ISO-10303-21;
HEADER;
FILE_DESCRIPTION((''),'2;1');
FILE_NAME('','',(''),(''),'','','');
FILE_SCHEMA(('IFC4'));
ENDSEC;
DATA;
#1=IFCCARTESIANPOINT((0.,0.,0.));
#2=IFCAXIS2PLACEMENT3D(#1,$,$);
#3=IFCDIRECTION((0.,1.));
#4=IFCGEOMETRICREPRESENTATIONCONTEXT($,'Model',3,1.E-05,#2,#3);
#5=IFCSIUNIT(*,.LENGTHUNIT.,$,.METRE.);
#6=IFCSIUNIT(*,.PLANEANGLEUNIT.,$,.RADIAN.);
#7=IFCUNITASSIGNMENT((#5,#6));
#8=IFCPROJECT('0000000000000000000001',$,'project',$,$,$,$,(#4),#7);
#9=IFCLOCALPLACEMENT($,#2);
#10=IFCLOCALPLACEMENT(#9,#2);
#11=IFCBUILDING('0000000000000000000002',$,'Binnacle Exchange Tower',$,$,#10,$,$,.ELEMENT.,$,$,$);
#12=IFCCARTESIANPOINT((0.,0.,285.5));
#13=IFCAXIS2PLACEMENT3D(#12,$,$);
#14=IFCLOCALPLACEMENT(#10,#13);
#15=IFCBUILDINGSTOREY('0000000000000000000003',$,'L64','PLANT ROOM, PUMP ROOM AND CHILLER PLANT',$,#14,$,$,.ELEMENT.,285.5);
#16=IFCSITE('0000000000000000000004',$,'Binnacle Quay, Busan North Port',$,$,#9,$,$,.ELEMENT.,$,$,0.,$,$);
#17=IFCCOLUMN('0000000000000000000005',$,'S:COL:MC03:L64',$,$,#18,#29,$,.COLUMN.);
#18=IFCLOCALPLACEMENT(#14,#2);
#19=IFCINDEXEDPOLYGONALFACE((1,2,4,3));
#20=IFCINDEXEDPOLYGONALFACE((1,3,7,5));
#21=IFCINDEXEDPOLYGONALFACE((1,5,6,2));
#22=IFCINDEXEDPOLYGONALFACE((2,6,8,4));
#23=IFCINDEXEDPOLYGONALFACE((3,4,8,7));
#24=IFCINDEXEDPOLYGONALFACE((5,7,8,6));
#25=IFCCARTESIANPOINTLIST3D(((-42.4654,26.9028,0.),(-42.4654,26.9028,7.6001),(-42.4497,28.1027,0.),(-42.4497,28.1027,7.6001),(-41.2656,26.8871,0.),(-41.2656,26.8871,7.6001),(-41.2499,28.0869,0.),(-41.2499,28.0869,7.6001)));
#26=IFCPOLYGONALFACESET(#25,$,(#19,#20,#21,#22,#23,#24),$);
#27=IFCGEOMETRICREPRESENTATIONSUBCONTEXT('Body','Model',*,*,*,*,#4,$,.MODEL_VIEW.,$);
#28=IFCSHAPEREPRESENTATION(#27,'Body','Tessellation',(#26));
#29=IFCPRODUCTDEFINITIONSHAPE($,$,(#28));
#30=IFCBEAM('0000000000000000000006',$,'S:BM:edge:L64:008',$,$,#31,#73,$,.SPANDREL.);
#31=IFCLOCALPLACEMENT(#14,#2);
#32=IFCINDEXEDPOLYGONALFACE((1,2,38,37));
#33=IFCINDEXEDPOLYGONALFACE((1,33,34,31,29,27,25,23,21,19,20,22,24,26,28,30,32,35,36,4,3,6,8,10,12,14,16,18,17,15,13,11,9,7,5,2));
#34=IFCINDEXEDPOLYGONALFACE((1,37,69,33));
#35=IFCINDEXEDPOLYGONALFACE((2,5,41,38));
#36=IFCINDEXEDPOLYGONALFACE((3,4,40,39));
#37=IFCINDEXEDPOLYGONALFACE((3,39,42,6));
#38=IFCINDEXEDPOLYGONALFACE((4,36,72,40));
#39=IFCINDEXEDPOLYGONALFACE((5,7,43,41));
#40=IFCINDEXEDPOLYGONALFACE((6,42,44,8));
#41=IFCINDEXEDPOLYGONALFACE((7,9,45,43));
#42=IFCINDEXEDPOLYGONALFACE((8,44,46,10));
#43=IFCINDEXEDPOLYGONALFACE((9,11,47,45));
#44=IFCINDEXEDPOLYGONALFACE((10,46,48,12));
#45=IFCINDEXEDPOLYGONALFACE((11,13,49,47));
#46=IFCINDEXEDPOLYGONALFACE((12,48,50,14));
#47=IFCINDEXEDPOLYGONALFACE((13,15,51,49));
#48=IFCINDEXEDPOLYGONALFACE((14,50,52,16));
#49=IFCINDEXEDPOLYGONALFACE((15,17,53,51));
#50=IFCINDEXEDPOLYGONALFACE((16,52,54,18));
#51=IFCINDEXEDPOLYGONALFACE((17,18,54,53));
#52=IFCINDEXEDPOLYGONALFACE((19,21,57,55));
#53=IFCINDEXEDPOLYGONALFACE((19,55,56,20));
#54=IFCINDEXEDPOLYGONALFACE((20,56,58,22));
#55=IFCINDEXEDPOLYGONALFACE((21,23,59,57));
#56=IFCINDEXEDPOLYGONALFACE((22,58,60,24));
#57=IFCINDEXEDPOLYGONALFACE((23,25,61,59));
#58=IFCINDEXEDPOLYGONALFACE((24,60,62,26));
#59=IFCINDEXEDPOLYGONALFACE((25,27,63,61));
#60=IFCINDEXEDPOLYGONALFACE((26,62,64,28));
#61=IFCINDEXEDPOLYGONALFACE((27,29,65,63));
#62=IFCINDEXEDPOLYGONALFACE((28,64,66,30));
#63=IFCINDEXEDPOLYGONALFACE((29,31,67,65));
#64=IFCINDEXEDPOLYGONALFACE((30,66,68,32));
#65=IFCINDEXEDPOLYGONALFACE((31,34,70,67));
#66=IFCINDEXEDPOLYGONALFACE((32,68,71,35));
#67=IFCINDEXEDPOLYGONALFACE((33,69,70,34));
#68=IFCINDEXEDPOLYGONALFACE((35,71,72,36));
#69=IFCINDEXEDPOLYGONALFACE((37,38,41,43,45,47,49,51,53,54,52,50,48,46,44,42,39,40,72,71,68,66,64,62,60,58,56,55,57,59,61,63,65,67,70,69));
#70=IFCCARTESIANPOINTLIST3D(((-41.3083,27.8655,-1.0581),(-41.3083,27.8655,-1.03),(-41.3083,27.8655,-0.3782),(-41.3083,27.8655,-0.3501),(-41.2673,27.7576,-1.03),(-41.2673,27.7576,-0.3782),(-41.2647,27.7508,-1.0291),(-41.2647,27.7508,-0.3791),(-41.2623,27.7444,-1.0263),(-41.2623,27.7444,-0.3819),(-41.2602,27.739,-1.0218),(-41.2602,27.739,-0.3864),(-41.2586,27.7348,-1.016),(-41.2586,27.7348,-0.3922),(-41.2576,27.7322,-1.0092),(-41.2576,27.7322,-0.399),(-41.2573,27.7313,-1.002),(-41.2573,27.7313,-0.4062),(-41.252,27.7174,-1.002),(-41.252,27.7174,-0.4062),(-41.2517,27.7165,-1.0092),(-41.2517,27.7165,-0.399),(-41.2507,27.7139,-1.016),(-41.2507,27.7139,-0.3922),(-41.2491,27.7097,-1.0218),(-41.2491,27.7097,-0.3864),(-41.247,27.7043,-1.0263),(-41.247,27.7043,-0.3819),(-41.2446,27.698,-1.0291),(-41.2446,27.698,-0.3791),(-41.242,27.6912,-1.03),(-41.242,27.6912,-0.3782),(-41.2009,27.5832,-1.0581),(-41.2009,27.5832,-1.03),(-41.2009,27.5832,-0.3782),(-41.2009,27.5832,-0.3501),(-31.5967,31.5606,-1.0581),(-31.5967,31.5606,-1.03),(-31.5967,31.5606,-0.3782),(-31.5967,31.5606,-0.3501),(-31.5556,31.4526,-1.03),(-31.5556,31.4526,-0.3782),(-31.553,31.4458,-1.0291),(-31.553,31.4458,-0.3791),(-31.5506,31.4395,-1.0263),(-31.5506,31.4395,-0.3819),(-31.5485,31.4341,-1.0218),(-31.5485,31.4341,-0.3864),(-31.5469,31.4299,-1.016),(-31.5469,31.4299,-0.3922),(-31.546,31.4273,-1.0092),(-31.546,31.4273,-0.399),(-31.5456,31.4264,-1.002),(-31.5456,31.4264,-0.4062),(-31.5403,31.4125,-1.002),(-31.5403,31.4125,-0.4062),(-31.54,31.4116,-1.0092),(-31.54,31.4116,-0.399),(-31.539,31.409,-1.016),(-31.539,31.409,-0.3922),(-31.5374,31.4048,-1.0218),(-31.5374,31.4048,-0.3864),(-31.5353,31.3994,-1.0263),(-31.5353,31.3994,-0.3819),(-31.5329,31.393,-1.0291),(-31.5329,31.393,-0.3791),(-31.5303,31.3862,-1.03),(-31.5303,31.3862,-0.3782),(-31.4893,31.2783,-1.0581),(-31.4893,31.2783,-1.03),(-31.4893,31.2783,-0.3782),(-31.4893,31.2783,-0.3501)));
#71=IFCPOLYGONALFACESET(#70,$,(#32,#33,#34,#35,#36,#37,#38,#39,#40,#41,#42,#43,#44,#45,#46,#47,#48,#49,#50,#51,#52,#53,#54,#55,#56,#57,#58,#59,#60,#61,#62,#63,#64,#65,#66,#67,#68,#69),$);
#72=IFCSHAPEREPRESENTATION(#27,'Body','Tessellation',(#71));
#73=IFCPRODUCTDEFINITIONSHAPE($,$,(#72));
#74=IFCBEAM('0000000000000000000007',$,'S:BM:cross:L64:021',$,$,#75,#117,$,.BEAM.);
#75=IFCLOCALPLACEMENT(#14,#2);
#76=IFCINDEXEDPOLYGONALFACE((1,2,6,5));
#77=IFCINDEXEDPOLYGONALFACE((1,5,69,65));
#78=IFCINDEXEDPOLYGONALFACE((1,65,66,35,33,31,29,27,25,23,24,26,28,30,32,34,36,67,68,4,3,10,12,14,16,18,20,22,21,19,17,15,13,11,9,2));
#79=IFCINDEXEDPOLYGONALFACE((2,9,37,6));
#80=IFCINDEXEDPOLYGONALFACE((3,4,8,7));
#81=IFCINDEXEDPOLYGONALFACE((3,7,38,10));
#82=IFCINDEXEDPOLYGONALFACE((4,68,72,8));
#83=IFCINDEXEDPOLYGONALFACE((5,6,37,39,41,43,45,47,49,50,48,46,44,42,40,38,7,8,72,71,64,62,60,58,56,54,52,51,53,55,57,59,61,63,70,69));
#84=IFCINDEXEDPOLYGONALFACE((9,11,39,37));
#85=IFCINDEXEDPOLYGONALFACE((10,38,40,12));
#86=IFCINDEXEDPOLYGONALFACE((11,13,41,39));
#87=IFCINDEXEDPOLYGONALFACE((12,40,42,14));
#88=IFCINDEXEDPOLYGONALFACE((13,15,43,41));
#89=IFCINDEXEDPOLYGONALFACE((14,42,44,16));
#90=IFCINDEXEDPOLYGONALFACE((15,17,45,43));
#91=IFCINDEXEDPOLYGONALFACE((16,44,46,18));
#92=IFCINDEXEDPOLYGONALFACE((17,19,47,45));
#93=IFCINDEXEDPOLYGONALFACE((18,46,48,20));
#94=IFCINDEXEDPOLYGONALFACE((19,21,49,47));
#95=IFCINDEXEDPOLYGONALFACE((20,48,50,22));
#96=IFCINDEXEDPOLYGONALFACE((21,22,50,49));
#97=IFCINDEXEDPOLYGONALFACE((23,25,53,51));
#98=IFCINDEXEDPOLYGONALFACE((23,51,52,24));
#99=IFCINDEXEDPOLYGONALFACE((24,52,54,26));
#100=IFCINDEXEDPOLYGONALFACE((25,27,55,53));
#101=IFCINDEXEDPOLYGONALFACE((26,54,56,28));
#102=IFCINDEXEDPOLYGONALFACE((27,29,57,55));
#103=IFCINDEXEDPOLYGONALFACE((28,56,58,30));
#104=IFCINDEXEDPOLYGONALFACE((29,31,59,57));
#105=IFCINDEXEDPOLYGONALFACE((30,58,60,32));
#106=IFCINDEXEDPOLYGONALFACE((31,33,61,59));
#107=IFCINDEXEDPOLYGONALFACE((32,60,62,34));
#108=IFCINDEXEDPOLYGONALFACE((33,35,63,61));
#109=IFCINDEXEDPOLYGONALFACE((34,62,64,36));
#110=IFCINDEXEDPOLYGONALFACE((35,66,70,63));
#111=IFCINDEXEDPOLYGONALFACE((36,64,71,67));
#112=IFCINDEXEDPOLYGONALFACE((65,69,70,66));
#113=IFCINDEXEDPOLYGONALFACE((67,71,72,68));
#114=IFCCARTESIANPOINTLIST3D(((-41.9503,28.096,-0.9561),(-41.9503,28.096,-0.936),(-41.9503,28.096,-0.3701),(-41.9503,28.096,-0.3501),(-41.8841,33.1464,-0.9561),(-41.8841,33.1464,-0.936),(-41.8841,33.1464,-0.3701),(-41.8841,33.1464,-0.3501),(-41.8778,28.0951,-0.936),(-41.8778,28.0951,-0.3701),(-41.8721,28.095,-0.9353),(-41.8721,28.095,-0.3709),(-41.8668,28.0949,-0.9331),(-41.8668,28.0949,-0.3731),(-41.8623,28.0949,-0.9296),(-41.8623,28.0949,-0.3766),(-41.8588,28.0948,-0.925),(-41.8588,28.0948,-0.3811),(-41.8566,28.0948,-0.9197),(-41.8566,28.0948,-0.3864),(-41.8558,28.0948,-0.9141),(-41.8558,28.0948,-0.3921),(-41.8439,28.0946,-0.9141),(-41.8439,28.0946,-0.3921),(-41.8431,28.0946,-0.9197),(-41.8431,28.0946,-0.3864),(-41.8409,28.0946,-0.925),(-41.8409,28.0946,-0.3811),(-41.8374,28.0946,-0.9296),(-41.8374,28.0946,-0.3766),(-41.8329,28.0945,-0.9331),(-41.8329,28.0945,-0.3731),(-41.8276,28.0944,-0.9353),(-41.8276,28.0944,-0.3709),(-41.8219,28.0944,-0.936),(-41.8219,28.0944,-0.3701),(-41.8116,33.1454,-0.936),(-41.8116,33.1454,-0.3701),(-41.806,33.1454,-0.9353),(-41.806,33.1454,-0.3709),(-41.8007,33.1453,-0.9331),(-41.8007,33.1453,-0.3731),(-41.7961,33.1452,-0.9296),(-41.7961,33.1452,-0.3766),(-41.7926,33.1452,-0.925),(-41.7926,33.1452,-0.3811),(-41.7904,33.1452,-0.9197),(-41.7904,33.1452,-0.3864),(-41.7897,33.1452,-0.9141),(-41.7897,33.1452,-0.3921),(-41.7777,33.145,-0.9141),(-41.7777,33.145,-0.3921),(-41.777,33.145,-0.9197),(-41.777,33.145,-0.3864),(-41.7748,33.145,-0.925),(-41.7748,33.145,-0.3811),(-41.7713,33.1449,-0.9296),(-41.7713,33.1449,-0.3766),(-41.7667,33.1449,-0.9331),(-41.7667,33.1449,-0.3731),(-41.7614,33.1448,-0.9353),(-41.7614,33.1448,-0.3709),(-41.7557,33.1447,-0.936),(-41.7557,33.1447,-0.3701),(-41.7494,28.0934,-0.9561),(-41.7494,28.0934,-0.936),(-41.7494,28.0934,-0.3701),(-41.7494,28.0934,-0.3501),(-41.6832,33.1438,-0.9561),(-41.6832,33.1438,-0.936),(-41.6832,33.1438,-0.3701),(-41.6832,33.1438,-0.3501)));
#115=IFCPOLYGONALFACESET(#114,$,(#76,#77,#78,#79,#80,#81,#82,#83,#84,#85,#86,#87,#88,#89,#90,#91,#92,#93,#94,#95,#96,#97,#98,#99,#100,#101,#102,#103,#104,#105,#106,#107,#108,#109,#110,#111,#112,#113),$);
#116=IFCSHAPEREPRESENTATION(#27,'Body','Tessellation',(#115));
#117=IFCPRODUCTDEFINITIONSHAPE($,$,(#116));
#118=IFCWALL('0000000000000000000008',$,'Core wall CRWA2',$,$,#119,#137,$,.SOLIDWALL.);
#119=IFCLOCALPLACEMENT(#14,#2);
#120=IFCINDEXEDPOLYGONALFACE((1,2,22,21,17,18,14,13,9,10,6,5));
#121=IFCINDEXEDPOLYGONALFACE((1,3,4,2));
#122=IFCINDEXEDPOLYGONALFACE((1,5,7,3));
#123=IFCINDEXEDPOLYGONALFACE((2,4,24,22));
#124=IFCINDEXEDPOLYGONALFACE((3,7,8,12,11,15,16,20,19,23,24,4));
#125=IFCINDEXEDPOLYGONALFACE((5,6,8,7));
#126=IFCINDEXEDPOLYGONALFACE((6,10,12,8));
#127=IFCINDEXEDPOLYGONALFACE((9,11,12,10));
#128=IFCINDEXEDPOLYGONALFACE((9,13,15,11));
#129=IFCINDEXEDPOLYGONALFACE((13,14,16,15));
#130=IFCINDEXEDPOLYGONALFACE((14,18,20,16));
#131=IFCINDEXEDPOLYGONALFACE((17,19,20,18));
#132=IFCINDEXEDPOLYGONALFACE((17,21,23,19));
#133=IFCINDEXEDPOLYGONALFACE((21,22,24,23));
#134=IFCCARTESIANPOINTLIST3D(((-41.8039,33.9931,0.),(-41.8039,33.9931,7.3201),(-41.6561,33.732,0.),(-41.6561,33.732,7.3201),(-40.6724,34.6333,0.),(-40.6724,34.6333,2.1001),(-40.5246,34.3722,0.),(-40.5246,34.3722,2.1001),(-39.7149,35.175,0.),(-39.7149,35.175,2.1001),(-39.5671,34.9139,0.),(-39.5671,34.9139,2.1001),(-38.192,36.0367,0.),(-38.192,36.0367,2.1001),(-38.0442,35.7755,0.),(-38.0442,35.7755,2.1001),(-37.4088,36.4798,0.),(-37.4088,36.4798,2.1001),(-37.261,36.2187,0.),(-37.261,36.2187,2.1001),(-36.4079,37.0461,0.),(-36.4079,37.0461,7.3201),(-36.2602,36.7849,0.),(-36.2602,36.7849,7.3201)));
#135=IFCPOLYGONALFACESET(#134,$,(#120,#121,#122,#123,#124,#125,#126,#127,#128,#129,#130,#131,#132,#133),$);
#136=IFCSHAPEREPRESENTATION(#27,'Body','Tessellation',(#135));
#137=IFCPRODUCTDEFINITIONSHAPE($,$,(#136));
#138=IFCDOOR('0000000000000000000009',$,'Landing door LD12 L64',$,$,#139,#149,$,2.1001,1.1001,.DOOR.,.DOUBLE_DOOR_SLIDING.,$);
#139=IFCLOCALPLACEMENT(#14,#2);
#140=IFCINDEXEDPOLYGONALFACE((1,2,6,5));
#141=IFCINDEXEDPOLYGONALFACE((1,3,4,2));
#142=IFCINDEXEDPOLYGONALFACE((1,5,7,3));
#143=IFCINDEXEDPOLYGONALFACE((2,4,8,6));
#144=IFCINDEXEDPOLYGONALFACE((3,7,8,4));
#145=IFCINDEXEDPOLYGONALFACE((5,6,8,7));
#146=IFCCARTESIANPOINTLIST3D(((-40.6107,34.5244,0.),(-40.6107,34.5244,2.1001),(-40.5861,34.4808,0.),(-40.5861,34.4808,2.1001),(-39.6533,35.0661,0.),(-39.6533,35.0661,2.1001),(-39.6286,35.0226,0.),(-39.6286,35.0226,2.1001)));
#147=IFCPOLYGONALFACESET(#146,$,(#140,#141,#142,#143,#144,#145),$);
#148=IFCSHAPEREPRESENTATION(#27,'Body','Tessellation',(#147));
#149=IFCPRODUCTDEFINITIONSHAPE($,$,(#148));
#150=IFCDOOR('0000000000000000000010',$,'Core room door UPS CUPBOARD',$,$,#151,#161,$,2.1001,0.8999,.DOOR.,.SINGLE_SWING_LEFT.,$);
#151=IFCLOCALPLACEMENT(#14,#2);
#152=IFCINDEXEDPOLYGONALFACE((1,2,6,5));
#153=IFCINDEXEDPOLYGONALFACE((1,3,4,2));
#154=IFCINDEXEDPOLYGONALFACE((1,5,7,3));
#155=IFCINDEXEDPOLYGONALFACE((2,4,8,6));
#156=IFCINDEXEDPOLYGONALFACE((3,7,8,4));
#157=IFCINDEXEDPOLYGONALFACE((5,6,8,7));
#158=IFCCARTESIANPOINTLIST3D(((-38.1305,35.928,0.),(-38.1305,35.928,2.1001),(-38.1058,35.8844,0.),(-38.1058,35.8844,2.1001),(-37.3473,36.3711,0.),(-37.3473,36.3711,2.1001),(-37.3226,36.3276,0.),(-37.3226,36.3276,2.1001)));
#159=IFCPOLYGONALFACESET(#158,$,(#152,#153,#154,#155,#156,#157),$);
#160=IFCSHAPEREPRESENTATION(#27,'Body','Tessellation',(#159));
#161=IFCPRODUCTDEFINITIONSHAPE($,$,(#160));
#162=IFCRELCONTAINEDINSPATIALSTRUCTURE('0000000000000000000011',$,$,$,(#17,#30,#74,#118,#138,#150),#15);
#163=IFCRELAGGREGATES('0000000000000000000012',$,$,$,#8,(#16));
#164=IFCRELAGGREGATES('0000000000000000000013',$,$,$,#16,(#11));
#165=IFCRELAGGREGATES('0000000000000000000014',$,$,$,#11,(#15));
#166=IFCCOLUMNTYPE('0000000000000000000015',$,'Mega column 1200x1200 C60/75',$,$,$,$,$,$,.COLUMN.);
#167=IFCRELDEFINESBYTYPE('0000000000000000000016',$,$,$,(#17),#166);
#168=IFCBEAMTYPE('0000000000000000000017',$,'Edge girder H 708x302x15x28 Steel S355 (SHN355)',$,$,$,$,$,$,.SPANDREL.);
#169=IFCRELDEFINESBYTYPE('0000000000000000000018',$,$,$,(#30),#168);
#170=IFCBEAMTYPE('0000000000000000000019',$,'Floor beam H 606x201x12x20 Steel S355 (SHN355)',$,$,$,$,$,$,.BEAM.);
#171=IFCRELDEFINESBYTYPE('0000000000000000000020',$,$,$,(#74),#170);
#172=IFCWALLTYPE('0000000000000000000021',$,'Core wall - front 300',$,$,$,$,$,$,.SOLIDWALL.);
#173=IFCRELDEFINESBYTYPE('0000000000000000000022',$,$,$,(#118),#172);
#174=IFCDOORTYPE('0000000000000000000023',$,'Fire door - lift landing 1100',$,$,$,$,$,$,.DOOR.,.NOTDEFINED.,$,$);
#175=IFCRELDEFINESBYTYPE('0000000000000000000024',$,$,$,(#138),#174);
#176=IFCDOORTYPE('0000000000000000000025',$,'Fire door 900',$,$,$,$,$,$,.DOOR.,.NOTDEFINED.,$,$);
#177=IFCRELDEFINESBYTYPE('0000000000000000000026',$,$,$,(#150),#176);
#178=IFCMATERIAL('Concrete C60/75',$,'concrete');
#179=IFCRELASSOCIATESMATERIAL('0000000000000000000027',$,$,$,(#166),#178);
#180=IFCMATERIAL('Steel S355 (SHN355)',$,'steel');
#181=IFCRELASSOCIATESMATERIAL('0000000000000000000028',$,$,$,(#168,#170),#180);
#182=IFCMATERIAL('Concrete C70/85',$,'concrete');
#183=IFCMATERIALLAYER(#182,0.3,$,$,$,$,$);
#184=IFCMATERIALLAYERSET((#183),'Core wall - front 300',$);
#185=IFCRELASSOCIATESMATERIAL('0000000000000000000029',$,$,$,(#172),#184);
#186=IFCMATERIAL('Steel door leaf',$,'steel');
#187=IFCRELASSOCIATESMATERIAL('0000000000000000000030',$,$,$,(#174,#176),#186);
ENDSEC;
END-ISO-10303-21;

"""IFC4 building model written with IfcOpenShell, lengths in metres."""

from ifc_helpers import new_model, si_unit, direction, frame, frame_2d, origin, origin_2d, place, context, subcontext, project, spatial, rectangle, i_section, extrude, material, layer, layer_set, material_profile, profile_set, type_object, element, fill, save


model = new_model("IFC4")

# Units and contexts
model_context = context("Model", 3, precision=1e-05, world=origin(), true_north=direction((0.0, 1.0)))
body_context = subcontext(model_context, "Body", "Model", "MODEL_VIEW")
ifc_project = project(units=[si_unit("LENGTHUNIT", "METRE"), si_unit("PLANEANGLEUNIT", "RADIAN")], contexts=[model_context])

# Site, building, storey
site_placement = place(None, origin())
site = spatial("IfcSite", under=ifc_project, at=site_placement, Name="Binnacle Quay, Busan North Port", CompositionType="ELEMENT", RefElevation=0.0)
building_placement = place(site_placement, origin())
building = spatial("IfcBuilding", under=site, at=building_placement, Name="Binnacle Exchange Tower", CompositionType="ELEMENT")
storey_placement = place(building_placement, frame((0.0, 0.0, 285.5)))
storey = spatial("IfcBuildingStorey", under=building, at=storey_placement, Name="L64", Description="PLANT ROOM, PUMP ROOM AND CHILLER PLANT", CompositionType="ELEMENT", Elevation=285.5)

# Column
ifc_material_1 = material(Name="Concrete C60/75", Category="concrete")
ifc_material_profile_1 = material_profile(ifc_material_1, rectangle(XDim=1.2, YDim=1.2, at=origin_2d()), Name="Mega column 1200x1200 C60/75")
ifc_profile_set_1 = profile_set([ifc_material_profile_1], Name="Concrete C60/75")
column_type = type_object("IfcColumnType", Name="Mega column 1200x1200 C60/75", PredefinedType="COLUMN", material=ifc_profile_set_1)
column_placement = place(storey_placement, frame((-41.8577, 27.4949, 0.0), z_axis=(0.0, 0.0, 1.0), x_axis=(0.999914, -0.01309, 0.0)))
element("IfcColumn", 1, at=column_placement, inside=storey, type_object=column_type, Name="S:COL:MC03:L64", PredefinedType="COLUMN", context=body_context, shape_type="SweptSolid", body=[
    extrude(rectangle(XDim=1.2, YDim=1.2, at=origin_2d()), origin(), (0.0, 0.0, 1.0), 7.6001),
])

# Beams
ifc_material_2 = material(Name="Steel S355 (SHN355)", Category="steel")
ifc_material_profile_2 = material_profile(ifc_material_2, i_section(OverallWidth=0.302, OverallDepth=0.708, WebThickness=0.0149, FlangeThickness=0.0281, FilletRadius=0.0281, at=origin_2d()), Name="H 708x302x15x28")
ifc_profile_set_2 = profile_set([ifc_material_profile_2], Name="Steel S355 (SHN355)")
beam_type_1 = type_object("IfcBeamType", Name="Edge girder H 708x302x15x28 Steel S355 (SHN355)", PredefinedType="SPANDREL", material=ifc_profile_set_2)
beam_1_placement = place(storey_placement, frame((-41.2546, 27.7244, -0.7041), z_axis=(0.934635, 0.355607, 0.0), x_axis=(-0.355607, 0.934635, 0.0)))
element("IfcBeam", 2, at=beam_1_placement, inside=storey, type_object=beam_type_1, Name="S:BM:edge:L64:008", PredefinedType="SPANDREL", context=body_context, shape_type="SweptSolid", body=[
    extrude(i_section(OverallWidth=0.302, OverallDepth=0.708, WebThickness=0.0149, FlangeThickness=0.0281, FilletRadius=0.0281, at=origin_2d()), origin(), (0.0, 0.0, 1.0), 10.3909),
])
ifc_material_profile_3 = material_profile(ifc_material_2, i_section(OverallWidth=0.2009, OverallDepth=0.606, WebThickness=0.012, FlangeThickness=0.02, FilletRadius=0.022, at=origin_2d()), Name="H 606x201x12x20")
ifc_profile_set_3 = profile_set([ifc_material_profile_3], Name="Steel S355 (SHN355)")
beam_type_2 = type_object("IfcBeamType", Name="Floor beam H 606x201x12x20 Steel S355 (SHN355)", PredefinedType="BEAM", material=ifc_profile_set_3)
beam_2_placement = place(storey_placement, frame((-41.8499, 28.0947, -0.6531), z_axis=(0.0131, 0.999914, 0.0), x_axis=(-0.999914, 0.0131, 0.0)))
element("IfcBeam", 3, at=beam_2_placement, inside=storey, type_object=beam_type_2, Name="S:BM:cross:L64:021", PredefinedType="BEAM", context=body_context, shape_type="SweptSolid", body=[
    extrude(i_section(OverallWidth=0.2009, OverallDepth=0.606, WebThickness=0.012, FlangeThickness=0.02, FilletRadius=0.022, at=origin_2d()), origin(), (0.0, 0.0, 1.0), 5.0508),
])

# Wall, openings, doors
ifc_material_3 = material(Name="Concrete C70/85", Category="concrete")
ifc_layer_1 = layer(ifc_material_3, 0.3)
ifc_layer_set_1 = layer_set([ifc_layer_1], Name="Core wall - front 300")
wall_type_1 = type_object("IfcWallType", Name="Core wall - front 300", PredefinedType="SOLIDWALL", material=ifc_layer_set_1)
wall_1_placement = place(storey_placement, frame((-41.73, 33.8625, 0.0), z_axis=(0.0, 0.0, 1.0), x_axis=(0.870351, 0.492432, 0.0)))
wall_1 = element("IfcWall", 4, at=wall_1_placement, inside=storey, type_object=wall_type_1, Name="Core wall CRWA2", PredefinedType="SOLIDWALL", context=body_context, shape_type="SweptSolid", body=[
    extrude(rectangle(XDim=6.1997, YDim=0.3, at=frame_2d((3.0999, 0.0))), origin(), (0.0, 0.0, 1.0), 7.3201),
])
opening_1_placement = place(wall_1_placement, frame((1.3, 0.0, 0.0)))
opening_1 = element("IfcOpeningElement", 5, at=opening_1_placement, cuts=wall_1, PredefinedType="OPENING", context=body_context, shape_type="SweptSolid", body=[
    extrude(rectangle(XDim=1.1001, YDim=2.1001, at=frame_2d((0.55, 1.05))), frame((0.0, 0.1599, 0.0), z_axis=(0.0, -1.0, 0.0), x_axis=(1.0, 0.0, 0.0)), (0.0, 0.0, 1.0), 0.3201),
])
opening_2_placement = place(wall_1_placement, frame((4.1499, 0.0, 0.0)))
opening_2 = element("IfcOpeningElement", 6, at=opening_2_placement, cuts=wall_1, PredefinedType="OPENING", context=body_context, shape_type="SweptSolid", body=[
    extrude(rectangle(XDim=0.8999, YDim=2.1001, at=frame_2d((0.45, 1.05))), frame((0.0, 0.1599, 0.0), z_axis=(0.0, -1.0, 0.0), x_axis=(1.0, 0.0, 0.0)), (0.0, 0.0, 1.0), 0.3201),
])
ifc_material_4 = material(Name="Steel door leaf", Category="steel")
door_type_1 = type_object("IfcDoorType", Name="Fire door - lift landing 1100", OperationType="NOTDEFINED", PredefinedType="DOOR", material=ifc_material_4)
door_1_placement = place(opening_1_placement, origin())
door_1 = element("IfcDoor", 7, at=door_1_placement, inside=storey, type_object=door_type_1, Name="Landing door LD12 L64", OperationType="DOUBLE_DOOR_SLIDING", OverallHeight=2.1001, OverallWidth=1.1001, PredefinedType="DOOR", context=body_context, shape_type="SweptSolid", body=[
    extrude(rectangle(XDim=1.1001, YDim=2.1001, at=frame_2d((0.55, 1.05))), frame((0.0, 0.0249, 0.0), z_axis=(0.0, -1.0, 0.0), x_axis=(1.0, 0.0, 0.0)), (0.0, 0.0, 1.0), 0.05),
])
fill(opening_1, door_1)
door_type_2 = type_object("IfcDoorType", Name="Fire door 900", OperationType="NOTDEFINED", PredefinedType="DOOR", material=ifc_material_4)
door_2_placement = place(opening_2_placement, frame((0.8999, 0.0, 0.0), z_axis=(0.0, 0.0, 1.0), x_axis=(-1.0, 0.0, 0.0)))
door_2 = element("IfcDoor", 8, at=door_2_placement, inside=storey, type_object=door_type_2, Name="Core room door UPS CUPBOARD", OperationType="SINGLE_SWING_LEFT", OverallHeight=2.1001, OverallWidth=0.8999, PredefinedType="DOOR", context=body_context, shape_type="SweptSolid", body=[
    extrude(rectangle(XDim=0.8999, YDim=2.1001, at=frame_2d((0.45, 1.05))), frame((0.0, 0.0249, 0.0), z_axis=(0.0, -1.0, 0.0), x_axis=(1.0, 0.0, 0.0)), (0.0, 0.0, 1.0), 0.05),
])
fill(opening_2, door_2)

save(model, "model.ifc")
